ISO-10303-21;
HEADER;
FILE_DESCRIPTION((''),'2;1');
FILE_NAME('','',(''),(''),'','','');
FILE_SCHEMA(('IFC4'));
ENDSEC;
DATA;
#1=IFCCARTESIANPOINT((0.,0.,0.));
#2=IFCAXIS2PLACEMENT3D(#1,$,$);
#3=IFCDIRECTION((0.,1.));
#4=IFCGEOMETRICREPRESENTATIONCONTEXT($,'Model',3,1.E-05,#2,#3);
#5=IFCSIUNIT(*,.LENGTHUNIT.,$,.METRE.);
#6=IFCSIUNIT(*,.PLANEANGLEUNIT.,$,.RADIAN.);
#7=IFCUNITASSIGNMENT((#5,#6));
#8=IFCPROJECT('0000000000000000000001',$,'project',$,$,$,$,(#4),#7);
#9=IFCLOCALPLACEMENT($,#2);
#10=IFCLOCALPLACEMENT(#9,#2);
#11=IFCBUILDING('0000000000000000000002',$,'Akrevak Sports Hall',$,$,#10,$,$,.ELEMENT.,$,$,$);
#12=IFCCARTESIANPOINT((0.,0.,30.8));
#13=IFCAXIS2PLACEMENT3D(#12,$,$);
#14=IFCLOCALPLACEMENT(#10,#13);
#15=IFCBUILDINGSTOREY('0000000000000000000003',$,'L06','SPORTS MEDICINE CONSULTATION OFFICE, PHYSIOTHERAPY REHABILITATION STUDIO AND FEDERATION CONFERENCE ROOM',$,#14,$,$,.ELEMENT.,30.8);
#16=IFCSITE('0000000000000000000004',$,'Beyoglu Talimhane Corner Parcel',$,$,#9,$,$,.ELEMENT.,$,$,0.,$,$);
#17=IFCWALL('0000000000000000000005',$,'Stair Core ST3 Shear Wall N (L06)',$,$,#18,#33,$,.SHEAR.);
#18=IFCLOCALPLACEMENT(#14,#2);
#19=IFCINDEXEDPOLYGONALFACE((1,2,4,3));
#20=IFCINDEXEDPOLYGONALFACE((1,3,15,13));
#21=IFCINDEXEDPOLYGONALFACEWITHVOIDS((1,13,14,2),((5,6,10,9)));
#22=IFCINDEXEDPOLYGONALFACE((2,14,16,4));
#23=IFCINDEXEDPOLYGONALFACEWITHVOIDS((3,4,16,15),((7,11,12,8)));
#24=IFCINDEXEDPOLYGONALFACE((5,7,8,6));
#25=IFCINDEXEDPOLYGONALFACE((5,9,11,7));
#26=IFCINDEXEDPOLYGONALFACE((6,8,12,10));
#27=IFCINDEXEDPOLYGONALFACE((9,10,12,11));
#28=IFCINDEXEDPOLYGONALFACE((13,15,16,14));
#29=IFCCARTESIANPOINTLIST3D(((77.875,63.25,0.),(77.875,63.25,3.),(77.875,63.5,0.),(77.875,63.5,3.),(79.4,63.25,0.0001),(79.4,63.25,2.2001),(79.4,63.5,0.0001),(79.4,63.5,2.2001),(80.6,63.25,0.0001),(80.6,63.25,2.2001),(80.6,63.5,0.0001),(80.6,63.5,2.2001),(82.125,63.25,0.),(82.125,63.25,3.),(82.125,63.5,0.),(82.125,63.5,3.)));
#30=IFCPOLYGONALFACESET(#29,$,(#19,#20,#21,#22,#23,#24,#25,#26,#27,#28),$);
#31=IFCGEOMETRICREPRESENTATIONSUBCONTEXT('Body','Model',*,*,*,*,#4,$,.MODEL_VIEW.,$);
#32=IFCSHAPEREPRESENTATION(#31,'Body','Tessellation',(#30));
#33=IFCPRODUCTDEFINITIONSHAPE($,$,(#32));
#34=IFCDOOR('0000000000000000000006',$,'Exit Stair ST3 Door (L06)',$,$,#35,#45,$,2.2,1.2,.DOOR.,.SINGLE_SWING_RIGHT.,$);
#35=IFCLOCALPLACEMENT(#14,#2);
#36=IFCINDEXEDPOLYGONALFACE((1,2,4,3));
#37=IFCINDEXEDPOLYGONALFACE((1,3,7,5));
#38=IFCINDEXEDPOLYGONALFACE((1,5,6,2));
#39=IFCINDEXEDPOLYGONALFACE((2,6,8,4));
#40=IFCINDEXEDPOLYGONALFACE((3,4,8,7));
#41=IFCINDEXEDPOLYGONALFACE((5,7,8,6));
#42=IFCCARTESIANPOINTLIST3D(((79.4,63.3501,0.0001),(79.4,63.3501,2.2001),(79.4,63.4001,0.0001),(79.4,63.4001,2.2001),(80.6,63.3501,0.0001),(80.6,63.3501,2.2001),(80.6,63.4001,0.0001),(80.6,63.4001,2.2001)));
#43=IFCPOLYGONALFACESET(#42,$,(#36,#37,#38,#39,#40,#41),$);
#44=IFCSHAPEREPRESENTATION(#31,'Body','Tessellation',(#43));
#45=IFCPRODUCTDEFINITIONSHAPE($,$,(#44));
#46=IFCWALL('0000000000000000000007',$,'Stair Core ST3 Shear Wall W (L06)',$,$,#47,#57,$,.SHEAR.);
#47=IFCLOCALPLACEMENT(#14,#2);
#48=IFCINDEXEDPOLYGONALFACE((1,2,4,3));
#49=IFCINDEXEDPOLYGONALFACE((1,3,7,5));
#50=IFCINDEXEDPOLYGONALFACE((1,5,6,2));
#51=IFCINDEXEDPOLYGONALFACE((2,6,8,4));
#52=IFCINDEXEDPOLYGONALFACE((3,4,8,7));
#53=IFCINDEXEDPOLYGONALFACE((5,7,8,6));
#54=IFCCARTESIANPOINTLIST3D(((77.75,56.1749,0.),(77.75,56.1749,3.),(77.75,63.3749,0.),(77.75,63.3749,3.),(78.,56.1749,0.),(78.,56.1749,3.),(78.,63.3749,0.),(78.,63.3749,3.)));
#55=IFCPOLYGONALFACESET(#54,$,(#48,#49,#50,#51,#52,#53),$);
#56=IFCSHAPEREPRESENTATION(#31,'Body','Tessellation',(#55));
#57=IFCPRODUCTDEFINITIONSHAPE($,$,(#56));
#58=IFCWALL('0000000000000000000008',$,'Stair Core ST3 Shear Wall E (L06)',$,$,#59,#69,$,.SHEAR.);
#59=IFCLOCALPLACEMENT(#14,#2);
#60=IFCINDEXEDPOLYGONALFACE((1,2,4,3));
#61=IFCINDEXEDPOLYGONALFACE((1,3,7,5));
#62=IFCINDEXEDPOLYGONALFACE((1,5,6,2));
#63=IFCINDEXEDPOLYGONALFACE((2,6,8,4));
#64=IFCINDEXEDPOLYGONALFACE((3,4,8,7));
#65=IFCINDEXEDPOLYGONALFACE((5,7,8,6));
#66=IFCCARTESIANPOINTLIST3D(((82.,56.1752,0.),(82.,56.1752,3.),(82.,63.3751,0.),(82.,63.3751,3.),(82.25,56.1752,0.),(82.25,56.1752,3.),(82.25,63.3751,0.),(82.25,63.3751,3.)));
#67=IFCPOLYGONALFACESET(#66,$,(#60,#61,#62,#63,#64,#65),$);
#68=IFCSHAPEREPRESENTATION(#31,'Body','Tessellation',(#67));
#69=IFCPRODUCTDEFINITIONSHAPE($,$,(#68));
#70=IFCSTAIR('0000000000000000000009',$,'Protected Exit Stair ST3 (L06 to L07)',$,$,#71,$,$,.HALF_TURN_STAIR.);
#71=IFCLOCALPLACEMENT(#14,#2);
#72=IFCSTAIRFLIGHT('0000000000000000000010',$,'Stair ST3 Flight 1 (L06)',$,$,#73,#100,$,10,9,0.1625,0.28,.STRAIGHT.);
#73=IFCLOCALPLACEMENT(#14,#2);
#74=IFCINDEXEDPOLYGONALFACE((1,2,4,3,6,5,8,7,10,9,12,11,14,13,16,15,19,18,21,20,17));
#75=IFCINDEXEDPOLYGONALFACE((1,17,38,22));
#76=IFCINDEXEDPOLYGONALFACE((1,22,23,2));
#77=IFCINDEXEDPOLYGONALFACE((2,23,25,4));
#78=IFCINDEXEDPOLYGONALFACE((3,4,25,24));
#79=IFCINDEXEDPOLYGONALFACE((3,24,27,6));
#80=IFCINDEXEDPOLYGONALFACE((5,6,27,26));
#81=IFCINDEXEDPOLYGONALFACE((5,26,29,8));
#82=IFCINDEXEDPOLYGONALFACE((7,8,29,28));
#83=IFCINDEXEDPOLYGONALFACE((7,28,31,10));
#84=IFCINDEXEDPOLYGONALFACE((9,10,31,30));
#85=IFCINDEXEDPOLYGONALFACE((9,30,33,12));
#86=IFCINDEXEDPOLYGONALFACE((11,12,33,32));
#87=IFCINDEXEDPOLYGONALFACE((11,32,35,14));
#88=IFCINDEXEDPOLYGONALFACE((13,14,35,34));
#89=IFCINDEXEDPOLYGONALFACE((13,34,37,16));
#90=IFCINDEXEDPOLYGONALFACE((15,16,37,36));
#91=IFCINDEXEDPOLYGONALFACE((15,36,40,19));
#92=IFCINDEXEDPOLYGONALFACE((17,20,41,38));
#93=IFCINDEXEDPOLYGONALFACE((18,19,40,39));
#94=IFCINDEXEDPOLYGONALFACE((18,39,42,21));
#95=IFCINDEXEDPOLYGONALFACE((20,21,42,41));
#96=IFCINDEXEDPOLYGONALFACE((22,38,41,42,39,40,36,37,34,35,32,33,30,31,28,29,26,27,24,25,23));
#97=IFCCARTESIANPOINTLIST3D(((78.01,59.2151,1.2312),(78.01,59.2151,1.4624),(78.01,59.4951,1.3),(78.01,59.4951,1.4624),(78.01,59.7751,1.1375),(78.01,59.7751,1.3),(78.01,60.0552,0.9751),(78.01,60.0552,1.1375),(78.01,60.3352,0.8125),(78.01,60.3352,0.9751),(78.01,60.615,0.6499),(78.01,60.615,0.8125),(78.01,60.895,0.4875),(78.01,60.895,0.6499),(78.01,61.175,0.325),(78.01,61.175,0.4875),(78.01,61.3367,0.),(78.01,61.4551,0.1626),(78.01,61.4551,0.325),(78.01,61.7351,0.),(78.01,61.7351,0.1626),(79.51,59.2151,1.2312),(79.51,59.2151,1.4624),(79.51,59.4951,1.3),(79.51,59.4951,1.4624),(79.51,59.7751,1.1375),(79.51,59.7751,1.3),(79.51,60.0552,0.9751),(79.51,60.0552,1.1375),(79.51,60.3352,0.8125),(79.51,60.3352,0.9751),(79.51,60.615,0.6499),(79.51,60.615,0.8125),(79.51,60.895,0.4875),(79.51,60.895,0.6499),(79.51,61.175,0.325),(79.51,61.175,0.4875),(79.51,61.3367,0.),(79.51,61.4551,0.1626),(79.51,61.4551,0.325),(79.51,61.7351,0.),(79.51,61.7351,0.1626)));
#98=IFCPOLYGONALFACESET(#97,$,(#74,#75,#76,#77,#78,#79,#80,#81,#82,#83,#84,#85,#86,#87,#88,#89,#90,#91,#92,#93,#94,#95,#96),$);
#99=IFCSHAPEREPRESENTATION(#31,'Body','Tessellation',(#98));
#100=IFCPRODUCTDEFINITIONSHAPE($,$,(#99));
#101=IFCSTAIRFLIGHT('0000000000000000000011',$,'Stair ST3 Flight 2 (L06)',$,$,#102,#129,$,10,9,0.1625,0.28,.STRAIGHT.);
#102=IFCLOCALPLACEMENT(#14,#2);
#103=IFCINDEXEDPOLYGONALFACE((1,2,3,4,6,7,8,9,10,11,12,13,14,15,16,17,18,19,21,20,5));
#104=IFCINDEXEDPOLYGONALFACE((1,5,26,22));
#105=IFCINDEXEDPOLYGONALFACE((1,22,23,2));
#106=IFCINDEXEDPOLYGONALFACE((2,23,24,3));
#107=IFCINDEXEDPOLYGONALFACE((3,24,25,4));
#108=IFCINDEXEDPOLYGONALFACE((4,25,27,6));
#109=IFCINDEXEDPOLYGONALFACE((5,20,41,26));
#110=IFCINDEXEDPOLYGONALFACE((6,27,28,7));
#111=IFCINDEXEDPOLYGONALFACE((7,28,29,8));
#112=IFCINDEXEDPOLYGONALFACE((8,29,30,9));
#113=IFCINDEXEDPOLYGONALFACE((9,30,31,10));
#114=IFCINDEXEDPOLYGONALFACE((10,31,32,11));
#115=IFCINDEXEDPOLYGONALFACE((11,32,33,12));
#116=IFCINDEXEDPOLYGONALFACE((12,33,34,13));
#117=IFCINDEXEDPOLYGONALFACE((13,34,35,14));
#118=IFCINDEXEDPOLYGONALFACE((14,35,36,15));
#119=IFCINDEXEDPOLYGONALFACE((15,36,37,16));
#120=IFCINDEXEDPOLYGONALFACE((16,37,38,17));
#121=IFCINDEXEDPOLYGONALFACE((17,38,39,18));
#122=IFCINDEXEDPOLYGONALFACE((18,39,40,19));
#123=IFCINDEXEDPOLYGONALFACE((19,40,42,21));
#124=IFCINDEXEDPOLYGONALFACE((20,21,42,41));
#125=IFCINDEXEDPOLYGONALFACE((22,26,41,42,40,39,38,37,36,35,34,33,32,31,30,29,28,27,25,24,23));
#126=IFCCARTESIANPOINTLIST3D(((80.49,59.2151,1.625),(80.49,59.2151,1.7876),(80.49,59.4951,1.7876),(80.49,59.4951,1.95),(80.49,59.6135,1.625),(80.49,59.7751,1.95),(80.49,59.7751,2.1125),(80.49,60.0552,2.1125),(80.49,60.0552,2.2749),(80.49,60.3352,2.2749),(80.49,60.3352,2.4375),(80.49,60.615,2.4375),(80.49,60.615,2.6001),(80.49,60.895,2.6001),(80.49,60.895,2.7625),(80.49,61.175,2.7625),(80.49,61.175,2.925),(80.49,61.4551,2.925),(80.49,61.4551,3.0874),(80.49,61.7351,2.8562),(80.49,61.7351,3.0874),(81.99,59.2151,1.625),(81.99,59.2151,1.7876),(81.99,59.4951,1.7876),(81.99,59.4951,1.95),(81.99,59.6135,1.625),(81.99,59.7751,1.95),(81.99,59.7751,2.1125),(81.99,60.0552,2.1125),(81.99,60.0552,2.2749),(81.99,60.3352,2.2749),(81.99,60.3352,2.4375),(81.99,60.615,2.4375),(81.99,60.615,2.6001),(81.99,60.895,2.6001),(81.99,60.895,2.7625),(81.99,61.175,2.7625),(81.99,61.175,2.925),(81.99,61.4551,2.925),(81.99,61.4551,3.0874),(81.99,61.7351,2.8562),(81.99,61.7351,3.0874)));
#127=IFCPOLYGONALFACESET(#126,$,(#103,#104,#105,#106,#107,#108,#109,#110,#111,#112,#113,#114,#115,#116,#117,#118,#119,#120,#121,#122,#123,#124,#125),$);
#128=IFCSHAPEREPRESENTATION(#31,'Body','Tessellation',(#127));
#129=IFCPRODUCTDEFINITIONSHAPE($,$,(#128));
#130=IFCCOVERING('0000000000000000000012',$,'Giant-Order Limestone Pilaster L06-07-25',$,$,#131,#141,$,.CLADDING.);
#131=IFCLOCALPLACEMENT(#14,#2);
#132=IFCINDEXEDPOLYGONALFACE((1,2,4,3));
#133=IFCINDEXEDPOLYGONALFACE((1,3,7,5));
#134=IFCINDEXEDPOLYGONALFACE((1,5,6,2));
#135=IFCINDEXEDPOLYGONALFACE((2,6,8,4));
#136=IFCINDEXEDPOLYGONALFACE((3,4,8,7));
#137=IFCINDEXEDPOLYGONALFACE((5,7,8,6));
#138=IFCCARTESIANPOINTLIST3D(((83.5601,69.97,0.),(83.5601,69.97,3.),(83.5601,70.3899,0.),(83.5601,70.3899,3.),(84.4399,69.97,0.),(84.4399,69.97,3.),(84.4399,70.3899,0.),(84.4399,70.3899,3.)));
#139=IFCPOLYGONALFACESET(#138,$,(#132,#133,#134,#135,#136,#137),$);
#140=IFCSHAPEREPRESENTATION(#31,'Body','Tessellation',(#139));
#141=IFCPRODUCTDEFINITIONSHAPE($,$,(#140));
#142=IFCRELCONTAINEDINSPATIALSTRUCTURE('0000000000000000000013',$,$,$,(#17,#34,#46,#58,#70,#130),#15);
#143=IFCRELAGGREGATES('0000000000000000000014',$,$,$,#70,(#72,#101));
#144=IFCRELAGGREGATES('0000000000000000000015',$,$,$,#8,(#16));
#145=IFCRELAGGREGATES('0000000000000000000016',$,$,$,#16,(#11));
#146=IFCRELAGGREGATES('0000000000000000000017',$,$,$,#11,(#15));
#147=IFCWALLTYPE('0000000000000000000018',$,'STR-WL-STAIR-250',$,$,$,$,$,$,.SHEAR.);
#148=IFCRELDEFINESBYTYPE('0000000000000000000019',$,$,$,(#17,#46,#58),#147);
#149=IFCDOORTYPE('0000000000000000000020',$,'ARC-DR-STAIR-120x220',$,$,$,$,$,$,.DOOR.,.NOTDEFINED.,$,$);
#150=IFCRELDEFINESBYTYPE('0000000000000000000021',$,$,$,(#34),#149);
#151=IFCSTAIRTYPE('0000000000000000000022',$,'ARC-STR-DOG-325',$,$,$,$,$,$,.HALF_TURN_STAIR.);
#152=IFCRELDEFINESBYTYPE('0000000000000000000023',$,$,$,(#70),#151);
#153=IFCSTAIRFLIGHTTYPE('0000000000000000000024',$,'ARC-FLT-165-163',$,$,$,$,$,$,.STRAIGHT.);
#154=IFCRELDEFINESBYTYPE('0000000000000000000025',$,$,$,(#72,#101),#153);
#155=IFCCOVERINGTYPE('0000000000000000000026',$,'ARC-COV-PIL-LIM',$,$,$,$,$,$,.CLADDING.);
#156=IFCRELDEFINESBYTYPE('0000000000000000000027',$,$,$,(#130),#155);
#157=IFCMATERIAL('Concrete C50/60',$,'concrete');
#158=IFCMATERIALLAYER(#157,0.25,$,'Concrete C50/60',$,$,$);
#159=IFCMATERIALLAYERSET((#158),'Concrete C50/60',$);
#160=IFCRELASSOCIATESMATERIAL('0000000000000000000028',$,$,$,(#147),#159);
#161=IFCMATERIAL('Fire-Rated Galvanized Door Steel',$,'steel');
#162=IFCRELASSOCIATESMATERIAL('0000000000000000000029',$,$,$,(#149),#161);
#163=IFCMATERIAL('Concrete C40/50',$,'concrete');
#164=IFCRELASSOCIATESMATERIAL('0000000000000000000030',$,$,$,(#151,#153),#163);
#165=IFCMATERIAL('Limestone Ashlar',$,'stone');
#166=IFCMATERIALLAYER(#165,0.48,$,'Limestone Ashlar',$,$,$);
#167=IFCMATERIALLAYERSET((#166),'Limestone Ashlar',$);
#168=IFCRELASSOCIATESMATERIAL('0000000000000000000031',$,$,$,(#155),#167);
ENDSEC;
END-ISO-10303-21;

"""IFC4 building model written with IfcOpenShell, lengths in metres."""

from ifc_helpers import new_model, si_unit, direction, frame, frame_2d, origin, origin_2d, place, context, subcontext, project, spatial, polyline, rectangle, outline, extrude, material, layer, layer_set, type_object, element, fill, aggregate, save


model = new_model("IFC4")

# Units and contexts
model_context = context("Model", 3, precision=1e-05, world=origin(), true_north=direction((0.0, 1.0)))
body_context = subcontext(model_context, "Body", "Model", "MODEL_VIEW")
ifc_project = project(units=[si_unit("LENGTHUNIT", "METRE"), si_unit("PLANEANGLEUNIT", "RADIAN")], contexts=[model_context])

# Site, building, storey
site_placement = place(None, origin())
site = spatial("IfcSite", under=ifc_project, at=site_placement, Name="Beyoglu Talimhane Corner Parcel", CompositionType="ELEMENT", RefElevation=0.0)
building_placement = place(site_placement, origin())
building = spatial("IfcBuilding", under=site, at=building_placement, Name="Akrevak Sports Hall", CompositionType="ELEMENT")
storey_placement = place(building_placement, frame((0.0, 0.0, 30.8)))
storey = spatial("IfcBuildingStorey", under=building, at=storey_placement, Name="L06", Description="SPORTS MEDICINE CONSULTATION OFFICE, PHYSIOTHERAPY REHABILITATION STUDIO AND FEDERATION CONFERENCE ROOM", CompositionType="ELEMENT", Elevation=30.8)

# Shared definitions
ifc_material_1 = material(Name="Concrete C40/50", Category="concrete")

# Shared definitions
ifc_material_2 = material(Name="Fire-Rated Galvanized Door Steel", Category="steel")

# Shared definitions
ifc_material_3 = material(Name="Concrete C50/60", Category="concrete")
ifc_layer_1 = layer(ifc_material_3, 0.25, Name="Concrete C50/60")
ifc_layer_set_1 = layer_set([ifc_layer_1], Name="Concrete C50/60")
wall_type_1 = type_object("IfcWallType", Name="STR-WL-STAIR-250", PredefinedType="SHEAR", material=ifc_layer_set_1)

# Wall, opening, door
wall_1_placement = place(storey_placement, frame((82.125, 63.375, 0.0), z_axis=(0.0, 0.0, 1.0), x_axis=(-1.0, 0.0, 0.0)))
wall_1 = element("IfcWall", 1, at=wall_1_placement, inside=storey, type_object=wall_type_1, Name="Stair Core ST3 Shear Wall N (L06)", PredefinedType="SHEAR", context=body_context, shape_type="SweptSolid", body=[
    extrude(rectangle(XDim=4.25, YDim=0.25, at=frame_2d((2.125, 0.0))), origin(), (0.0, 0.0, 1.0), 3.0),
])
opening_1_placement = place(wall_1_placement, frame((1.5249, 0.0, 0.0)))
opening_1 = element("IfcOpeningElement", 2, at=opening_1_placement, cuts=wall_1, PredefinedType="OPENING", context=body_context, shape_type="SweptSolid", body=[
    extrude(rectangle(XDim=1.2, YDim=2.2, at=frame_2d((0.6001, 1.1001))), frame((0.0, 0.137, 0.0), z_axis=(0.0, -1.0, 0.0), x_axis=(1.0, 0.0, 0.0)), (0.0, 0.0, 1.0), 0.2739),
])
door_type_1 = type_object("IfcDoorType", Name="ARC-DR-STAIR-120x220", OperationType="NOTDEFINED", PredefinedType="DOOR", material=ifc_material_2)
door_1_placement = place(opening_1_placement, origin())
door_1 = element("IfcDoor", 3, at=door_1_placement, inside=storey, type_object=door_type_1, Name="Exit Stair ST3 Door (L06)", OperationType="SINGLE_SWING_RIGHT", OverallHeight=2.2, OverallWidth=1.2, PredefinedType="DOOR", context=body_context, shape_type="SweptSolid", body=[
    extrude(rectangle(XDim=1.2, YDim=2.2, at=frame_2d((0.6001, 1.1001))), frame((0.0, 0.0249, 0.0), z_axis=(0.0, -1.0, 0.0), x_axis=(1.0, 0.0, 0.0)), (0.0, 0.0, 1.0), 0.05),
])
fill(opening_1, door_1)

# Walls
for number, where, z_axis, x_axis, name in (
    (4, (77.875, 63.375, 0.0), (0.0, 0.0, 1.0), (0.0, -1.0, 0.0), "Stair Core ST3 Shear Wall W (L06)"),
    (5, (82.125, 56.175, 0.0), (0.0, 0.0, 1.0), (0.0, 1.0, 0.0), "Stair Core ST3 Shear Wall E (L06)"),
):
    element("IfcWall", number, at=place(storey_placement, frame(where, z_axis=z_axis, x_axis=x_axis)), inside=storey, type_object=wall_type_1, Name=name, PredefinedType="SHEAR", context=body_context, shape_type="SweptSolid", body=[
        extrude(rectangle(XDim=7.2, YDim=0.25, at=frame_2d((3.6001, 0.0))), origin(), (0.0, 0.0, 1.0), 3.0),
    ])

# Stair, stair flights
stair_type = type_object("IfcStairType", Name="ARC-STR-DOG-325", PredefinedType="HALF_TURN_STAIR", material=ifc_material_1)
stair_placement = place(storey_placement, origin())
stair = element("IfcStair", 6, at=stair_placement, inside=storey, type_object=stair_type, Name="Protected Exit Stair ST3 (L06 to L07)", PredefinedType="HALF_TURN_STAIR")
stair_flight_type = type_object("IfcStairFlightType", Name="ARC-FLT-165-163", PredefinedType="STRAIGHT", material=ifc_material_1)
stair_flight_1_placement = place(storey_placement, frame((78.76, 61.7351, 0.0), z_axis=(0.0, 0.0, 1.0), x_axis=(0.0, -1.0, 0.0)))
stair_flight_1 = element("IfcStairFlight", 7, at=stair_flight_1_placement, type_object=stair_flight_type, Name="Stair ST3 Flight 1 (L06)", NumberOfRisers=10, NumberOfTreads=9, PredefinedType="STRAIGHT", RiserHeight=0.1625, TreadLength=0.28, context=body_context, shape_type="SweptSolid", body=[
    extrude(outline(polyline([(0.0, 0.0), (0.0, 0.1626), (0.28, 0.1626), (0.28, 0.325), (0.5601, 0.325), (0.5601, 0.4875), (0.8401, 0.4875), (0.8401, 0.6499), (1.1201, 0.6499), (1.1201, 0.8125), (1.3999, 0.8125), (1.3999, 0.9751), (1.6799, 0.9751), (1.6799, 1.1375), (1.96, 1.1375), (1.96, 1.3), (2.24, 1.3), (2.24, 1.4624), (2.52, 1.4624), (2.52, 1.625), (2.52, 1.2312), (0.3984, 0.0), (0.0, 0.0)])), frame((0.0, 0.75, 0.0), z_axis=(0.0, -1.0, 0.0), x_axis=(1.0, 0.0, 0.0)), (0.0, 0.0, 1.0), 1.5),
])
stair_flight_2_placement = place(storey_placement, frame((81.24, 59.2151, 1.625), z_axis=(0.0, 0.0, 1.0), x_axis=(0.0, 1.0, 0.0)))
stair_flight_2 = element("IfcStairFlight", 8, at=stair_flight_2_placement, type_object=stair_flight_type, Name="Stair ST3 Flight 2 (L06)", NumberOfRisers=10, NumberOfTreads=9, PredefinedType="STRAIGHT", RiserHeight=0.1625, TreadLength=0.28, context=body_context, shape_type="SweptSolid", body=[
    extrude(outline(polyline([(0.0, 0.0), (0.0, 0.1626), (0.28, 0.1626), (0.28, 0.325), (0.5601, 0.325), (0.5601, 0.4875), (0.8401, 0.4875), (0.8401, 0.6499), (1.1201, 0.6499), (1.1201, 0.8125), (1.3999, 0.8125), (1.3999, 0.9751), (1.6799, 0.9751), (1.6799, 1.1375), (1.96, 1.1375), (1.96, 1.3), (2.24, 1.3), (2.24, 1.4624), (2.52, 1.4624), (2.52, 1.625), (2.52, 1.2312), (0.3984, 0.0), (0.0, 0.0)])), frame((0.0, 0.75, 0.0), z_axis=(0.0, -1.0, 0.0), x_axis=(1.0, 0.0, 0.0)), (0.0, 0.0, 1.0), 1.5),
])
aggregate(stair, [stair_flight_1, stair_flight_2])

# Covering
ifc_material_4 = material(Name="Limestone Ashlar", Category="stone")
ifc_layer_2 = layer(ifc_material_4, 0.48, Name="Limestone Ashlar")
ifc_layer_set_2 = layer_set([ifc_layer_2], Name="Limestone Ashlar")
covering_type = type_object("IfcCoveringType", Name="ARC-COV-PIL-LIM", PredefinedType="CLADDING", material=ifc_layer_set_2)
covering_placement = place(storey_placement, frame((84.0, 70.1799, 0.0), z_axis=(0.0, 0.0, 1.0), x_axis=(-1.0, 0.0, 0.0)))
element("IfcCovering", 9, at=covering_placement, inside=storey, type_object=covering_type, Name="Giant-Order Limestone Pilaster L06-07-25", PredefinedType="CLADDING", context=body_context, shape_type="SweptSolid", body=[
    extrude(rectangle(XDim=0.8799, YDim=0.4199, at=origin_2d()), origin(), (0.0, 0.0, 1.0), 3.0),
])

save(model, "model.ifc")
